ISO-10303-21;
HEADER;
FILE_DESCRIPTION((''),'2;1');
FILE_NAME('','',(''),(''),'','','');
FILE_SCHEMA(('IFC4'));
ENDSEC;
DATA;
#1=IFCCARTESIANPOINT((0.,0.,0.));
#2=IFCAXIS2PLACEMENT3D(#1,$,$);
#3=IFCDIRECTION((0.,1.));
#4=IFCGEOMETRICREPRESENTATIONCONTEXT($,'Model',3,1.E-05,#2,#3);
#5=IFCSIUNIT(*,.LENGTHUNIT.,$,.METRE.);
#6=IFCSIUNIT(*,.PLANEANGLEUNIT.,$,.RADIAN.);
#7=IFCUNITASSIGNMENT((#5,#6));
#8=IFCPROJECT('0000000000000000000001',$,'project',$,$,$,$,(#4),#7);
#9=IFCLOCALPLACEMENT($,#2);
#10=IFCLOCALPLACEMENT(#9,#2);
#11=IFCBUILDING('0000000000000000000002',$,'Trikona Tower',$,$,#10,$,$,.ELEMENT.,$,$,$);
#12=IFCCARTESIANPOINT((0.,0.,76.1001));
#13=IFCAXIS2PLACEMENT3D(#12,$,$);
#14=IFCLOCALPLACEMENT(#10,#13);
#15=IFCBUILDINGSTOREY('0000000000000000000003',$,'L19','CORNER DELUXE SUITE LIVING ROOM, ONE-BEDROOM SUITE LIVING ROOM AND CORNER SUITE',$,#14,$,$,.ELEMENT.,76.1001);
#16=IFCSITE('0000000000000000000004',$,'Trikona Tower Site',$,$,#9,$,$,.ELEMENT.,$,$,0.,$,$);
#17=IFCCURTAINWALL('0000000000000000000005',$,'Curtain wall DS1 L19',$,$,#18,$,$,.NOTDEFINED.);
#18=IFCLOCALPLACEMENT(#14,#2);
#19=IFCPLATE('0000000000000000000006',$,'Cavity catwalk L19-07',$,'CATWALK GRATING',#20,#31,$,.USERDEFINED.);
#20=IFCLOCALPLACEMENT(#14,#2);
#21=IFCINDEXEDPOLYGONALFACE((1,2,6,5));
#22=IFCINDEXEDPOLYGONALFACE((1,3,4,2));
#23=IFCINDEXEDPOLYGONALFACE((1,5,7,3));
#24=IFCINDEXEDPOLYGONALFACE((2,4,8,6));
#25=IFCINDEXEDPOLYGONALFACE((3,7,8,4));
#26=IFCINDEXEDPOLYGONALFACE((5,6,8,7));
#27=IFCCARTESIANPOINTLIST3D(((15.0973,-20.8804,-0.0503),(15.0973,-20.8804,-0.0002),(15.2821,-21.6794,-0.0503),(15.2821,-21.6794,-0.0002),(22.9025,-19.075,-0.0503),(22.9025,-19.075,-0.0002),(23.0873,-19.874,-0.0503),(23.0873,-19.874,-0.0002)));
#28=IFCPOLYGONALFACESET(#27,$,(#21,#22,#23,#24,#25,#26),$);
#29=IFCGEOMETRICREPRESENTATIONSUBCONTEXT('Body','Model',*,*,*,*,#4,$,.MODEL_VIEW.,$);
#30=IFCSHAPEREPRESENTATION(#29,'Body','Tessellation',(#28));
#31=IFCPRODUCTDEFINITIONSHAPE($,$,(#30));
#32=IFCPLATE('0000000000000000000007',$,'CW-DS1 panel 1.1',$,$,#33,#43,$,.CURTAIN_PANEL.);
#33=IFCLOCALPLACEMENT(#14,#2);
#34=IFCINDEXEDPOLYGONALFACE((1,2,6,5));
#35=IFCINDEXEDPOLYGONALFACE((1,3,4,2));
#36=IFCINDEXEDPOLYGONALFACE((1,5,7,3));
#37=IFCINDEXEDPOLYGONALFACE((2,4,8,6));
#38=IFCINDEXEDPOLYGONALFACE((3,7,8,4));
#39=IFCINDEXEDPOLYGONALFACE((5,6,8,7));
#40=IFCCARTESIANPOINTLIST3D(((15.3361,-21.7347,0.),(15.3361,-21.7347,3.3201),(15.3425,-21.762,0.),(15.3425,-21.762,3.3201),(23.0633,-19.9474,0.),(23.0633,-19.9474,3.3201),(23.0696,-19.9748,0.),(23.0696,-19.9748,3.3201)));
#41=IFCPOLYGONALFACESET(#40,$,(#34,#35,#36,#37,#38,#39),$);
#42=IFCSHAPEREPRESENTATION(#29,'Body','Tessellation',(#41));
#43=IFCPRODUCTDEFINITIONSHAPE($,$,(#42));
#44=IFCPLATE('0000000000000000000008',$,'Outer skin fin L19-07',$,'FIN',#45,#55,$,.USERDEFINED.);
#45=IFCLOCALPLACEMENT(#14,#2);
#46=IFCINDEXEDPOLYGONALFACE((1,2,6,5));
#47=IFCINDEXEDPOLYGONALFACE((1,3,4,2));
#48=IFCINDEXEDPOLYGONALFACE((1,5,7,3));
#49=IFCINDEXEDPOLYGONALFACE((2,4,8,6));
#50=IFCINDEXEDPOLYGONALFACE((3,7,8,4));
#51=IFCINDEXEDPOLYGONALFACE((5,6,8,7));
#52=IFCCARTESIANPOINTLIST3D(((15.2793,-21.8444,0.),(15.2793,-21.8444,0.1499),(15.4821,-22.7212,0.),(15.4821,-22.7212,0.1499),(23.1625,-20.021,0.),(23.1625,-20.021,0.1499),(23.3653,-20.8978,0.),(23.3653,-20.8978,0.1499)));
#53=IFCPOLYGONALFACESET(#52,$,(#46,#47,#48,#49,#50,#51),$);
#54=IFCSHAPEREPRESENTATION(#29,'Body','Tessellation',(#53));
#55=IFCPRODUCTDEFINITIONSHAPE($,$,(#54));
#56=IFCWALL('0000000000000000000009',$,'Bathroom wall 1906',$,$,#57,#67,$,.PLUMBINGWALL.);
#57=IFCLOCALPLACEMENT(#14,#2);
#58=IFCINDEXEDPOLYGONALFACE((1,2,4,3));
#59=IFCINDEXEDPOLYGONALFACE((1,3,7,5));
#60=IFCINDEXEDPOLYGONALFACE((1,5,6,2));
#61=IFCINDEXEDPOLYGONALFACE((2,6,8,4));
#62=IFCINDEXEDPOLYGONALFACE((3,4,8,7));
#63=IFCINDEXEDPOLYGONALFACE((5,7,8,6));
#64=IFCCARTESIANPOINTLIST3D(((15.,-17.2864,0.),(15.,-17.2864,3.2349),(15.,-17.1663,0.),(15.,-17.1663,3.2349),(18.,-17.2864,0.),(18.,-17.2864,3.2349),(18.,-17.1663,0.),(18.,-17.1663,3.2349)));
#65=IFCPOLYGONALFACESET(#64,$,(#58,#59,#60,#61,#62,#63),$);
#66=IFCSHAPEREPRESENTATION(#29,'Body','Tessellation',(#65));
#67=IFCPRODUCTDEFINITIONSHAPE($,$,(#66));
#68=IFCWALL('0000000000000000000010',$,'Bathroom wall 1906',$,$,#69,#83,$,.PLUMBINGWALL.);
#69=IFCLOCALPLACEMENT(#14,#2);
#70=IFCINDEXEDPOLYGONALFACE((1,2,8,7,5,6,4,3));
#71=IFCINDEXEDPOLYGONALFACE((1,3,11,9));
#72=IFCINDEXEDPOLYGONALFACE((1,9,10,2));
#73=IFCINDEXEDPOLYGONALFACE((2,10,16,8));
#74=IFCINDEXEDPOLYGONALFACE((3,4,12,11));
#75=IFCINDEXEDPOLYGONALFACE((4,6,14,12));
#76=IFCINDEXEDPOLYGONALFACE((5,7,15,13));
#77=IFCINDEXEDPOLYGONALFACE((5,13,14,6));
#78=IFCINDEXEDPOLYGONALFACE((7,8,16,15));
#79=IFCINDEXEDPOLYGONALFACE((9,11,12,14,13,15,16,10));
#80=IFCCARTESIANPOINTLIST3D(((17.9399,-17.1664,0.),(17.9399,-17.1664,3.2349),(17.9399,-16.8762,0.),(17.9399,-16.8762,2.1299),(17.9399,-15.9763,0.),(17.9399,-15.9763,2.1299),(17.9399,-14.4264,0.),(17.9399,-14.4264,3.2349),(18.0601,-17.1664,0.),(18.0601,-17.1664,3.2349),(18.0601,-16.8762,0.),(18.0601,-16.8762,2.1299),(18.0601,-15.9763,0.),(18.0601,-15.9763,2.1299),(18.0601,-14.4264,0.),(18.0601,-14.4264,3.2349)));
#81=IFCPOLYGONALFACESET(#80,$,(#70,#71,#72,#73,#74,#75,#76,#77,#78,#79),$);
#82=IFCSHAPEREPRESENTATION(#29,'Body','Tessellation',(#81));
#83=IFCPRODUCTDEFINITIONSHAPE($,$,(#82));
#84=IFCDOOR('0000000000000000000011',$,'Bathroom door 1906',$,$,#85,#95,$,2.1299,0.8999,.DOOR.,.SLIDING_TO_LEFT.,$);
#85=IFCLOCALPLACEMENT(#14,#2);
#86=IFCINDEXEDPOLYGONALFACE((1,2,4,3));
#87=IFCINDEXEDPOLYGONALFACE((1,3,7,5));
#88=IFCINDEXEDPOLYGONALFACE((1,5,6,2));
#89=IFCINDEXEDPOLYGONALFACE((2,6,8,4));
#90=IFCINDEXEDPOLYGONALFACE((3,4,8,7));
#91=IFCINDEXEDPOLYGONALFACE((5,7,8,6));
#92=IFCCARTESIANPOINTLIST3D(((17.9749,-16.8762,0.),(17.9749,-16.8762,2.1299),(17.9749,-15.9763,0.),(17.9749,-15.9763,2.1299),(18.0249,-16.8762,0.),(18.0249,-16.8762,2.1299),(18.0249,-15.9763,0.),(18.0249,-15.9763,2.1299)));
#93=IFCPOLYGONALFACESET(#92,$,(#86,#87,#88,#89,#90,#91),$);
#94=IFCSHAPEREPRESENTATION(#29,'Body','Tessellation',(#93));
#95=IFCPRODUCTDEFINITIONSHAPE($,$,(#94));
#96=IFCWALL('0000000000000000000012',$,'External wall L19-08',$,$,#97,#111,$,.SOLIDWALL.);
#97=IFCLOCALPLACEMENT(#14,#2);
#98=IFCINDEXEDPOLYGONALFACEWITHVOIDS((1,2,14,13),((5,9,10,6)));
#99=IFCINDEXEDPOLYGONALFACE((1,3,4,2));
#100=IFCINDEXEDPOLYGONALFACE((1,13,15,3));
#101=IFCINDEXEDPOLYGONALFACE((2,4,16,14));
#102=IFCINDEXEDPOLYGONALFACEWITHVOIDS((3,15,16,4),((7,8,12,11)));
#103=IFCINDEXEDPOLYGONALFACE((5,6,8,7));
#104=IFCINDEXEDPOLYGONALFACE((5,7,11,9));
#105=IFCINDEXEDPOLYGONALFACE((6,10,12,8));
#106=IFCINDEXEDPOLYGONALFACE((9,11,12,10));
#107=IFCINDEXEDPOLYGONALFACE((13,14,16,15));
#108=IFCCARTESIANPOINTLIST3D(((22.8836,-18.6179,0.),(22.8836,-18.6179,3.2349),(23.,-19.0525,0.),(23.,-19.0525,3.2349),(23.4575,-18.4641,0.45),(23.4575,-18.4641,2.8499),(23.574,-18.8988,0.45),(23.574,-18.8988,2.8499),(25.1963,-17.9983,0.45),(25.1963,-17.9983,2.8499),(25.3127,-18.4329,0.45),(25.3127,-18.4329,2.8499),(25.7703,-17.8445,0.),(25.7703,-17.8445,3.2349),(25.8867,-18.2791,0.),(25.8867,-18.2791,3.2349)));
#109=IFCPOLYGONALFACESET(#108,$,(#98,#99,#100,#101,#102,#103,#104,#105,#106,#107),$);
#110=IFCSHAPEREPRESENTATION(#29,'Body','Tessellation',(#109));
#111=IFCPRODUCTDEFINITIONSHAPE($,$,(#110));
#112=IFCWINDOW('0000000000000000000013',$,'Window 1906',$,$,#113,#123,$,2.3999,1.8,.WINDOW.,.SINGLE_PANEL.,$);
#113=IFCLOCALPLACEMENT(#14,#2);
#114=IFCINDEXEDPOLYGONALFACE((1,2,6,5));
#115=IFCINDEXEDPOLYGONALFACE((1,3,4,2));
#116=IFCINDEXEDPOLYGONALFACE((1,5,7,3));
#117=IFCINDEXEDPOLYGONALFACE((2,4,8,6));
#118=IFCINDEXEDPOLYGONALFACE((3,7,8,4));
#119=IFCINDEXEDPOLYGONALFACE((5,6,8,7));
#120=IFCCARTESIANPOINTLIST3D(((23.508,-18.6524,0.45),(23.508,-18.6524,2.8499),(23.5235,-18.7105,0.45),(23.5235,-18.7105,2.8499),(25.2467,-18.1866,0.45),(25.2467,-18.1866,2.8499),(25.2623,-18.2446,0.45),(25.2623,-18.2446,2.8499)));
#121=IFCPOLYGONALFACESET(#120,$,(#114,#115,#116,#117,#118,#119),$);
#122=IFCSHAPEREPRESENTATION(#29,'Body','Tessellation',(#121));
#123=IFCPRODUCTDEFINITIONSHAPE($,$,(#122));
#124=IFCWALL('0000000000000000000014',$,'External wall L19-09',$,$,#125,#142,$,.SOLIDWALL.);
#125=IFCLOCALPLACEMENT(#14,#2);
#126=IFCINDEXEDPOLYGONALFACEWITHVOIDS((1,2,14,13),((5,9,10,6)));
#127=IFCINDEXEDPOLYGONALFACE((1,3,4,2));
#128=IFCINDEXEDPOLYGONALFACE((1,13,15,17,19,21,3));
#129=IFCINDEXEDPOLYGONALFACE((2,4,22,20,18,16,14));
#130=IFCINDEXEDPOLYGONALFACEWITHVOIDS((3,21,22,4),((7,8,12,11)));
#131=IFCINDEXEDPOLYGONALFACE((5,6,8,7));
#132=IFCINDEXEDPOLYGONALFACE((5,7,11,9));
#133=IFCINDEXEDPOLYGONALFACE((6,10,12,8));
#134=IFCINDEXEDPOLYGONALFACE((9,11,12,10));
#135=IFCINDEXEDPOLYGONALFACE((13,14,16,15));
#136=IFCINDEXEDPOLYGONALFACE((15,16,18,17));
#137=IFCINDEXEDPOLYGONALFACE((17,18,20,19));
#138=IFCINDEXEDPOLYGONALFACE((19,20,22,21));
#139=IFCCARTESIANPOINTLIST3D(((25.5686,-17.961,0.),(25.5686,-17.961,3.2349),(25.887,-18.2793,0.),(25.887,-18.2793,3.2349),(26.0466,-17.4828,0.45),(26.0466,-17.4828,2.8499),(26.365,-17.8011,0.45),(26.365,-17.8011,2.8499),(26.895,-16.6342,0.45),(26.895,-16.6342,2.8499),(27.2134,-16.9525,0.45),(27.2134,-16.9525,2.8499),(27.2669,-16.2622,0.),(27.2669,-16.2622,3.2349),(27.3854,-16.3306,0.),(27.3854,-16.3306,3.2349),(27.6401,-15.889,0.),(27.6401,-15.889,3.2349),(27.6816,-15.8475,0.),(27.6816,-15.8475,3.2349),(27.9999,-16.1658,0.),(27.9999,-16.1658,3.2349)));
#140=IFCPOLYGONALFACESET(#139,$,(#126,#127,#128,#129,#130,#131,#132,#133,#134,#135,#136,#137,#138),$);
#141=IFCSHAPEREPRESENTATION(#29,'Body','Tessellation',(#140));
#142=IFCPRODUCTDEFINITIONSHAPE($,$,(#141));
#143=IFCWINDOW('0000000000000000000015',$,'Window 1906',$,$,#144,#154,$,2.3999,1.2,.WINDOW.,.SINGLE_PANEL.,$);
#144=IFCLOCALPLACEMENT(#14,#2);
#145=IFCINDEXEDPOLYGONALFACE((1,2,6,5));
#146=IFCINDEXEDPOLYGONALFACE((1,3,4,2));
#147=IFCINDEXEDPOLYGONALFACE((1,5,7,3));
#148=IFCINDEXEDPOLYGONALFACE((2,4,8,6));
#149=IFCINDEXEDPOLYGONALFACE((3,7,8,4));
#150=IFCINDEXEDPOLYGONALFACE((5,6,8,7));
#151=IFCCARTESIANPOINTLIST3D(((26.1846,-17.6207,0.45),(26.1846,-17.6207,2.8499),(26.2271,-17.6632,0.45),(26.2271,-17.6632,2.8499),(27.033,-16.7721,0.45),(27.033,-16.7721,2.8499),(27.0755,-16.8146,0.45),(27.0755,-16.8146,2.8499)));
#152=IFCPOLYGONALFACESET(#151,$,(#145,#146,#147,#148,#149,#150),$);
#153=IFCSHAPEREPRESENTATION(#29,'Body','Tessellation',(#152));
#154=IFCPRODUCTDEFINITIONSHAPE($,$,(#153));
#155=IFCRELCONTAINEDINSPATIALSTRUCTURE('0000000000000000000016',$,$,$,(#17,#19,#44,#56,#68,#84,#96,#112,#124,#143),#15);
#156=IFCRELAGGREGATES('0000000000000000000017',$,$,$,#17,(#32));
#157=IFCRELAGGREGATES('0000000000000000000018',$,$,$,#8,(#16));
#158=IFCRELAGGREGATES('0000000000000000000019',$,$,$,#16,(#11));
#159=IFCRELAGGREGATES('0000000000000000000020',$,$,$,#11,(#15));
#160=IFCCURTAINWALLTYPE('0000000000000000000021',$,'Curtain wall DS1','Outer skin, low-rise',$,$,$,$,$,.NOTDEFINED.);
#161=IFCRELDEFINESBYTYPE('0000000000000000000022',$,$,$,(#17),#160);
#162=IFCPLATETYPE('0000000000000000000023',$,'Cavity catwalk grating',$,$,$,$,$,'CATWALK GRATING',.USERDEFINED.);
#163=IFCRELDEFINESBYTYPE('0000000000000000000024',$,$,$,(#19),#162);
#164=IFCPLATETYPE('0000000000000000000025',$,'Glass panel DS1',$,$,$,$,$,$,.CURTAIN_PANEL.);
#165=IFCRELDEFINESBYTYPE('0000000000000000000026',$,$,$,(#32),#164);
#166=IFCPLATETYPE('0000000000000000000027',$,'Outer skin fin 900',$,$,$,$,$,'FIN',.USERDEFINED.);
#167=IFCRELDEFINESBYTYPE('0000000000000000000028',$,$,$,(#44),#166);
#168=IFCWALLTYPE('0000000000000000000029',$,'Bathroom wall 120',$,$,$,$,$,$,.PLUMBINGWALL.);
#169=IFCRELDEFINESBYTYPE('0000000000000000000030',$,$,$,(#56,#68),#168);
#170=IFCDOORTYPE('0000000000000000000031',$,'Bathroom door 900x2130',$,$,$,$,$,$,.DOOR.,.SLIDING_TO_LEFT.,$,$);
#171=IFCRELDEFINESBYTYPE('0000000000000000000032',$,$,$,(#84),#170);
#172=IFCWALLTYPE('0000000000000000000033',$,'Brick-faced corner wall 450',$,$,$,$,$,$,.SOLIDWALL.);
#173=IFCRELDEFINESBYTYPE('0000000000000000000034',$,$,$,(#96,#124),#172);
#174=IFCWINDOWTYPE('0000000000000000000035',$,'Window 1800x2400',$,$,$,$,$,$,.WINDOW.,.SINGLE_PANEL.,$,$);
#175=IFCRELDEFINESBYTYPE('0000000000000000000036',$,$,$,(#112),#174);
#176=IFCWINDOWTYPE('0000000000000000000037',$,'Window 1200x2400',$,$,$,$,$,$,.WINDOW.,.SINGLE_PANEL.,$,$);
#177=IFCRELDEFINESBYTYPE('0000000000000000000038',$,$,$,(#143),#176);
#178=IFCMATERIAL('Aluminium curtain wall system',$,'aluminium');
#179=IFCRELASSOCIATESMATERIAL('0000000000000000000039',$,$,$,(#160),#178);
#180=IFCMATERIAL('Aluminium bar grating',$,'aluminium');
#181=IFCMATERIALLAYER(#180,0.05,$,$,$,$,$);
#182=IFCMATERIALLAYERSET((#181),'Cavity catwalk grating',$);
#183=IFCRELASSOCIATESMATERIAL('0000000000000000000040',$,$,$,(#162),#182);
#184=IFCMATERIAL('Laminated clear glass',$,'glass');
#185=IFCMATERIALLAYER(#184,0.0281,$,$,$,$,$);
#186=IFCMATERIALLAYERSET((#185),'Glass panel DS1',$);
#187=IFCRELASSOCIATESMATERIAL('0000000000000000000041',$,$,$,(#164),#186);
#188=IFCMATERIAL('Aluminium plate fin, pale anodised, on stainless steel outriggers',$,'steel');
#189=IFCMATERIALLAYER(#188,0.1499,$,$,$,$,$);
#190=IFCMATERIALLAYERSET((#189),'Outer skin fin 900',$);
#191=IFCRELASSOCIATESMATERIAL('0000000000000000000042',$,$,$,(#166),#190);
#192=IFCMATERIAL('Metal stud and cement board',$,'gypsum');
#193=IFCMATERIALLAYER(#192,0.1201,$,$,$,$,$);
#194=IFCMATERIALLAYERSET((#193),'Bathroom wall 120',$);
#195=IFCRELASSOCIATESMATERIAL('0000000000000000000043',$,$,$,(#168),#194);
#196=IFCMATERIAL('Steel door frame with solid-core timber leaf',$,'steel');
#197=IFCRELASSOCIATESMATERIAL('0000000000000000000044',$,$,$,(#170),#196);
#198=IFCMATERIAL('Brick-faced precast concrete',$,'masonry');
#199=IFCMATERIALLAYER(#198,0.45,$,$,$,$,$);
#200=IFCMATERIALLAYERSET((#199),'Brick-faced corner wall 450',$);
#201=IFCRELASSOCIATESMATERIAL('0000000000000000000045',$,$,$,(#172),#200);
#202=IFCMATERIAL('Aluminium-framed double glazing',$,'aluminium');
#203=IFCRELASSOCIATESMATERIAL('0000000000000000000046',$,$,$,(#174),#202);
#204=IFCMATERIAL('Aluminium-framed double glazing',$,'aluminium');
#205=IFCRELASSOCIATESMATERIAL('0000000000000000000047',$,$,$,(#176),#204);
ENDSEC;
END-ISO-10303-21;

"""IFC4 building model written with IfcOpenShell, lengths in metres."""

from ifc_helpers import new_model, si_unit, direction, frame, frame_2d, origin, origin_2d, place, context, subcontext, project, spatial, polyline, rectangle, outline, extrude, material, layer, layer_set, type_object, element, fill, aggregate, save


model = new_model("IFC4")

# Units and contexts
model_context = context("Model", 3, precision=1e-05, world=origin(), true_north=direction((0.0, 1.0)))
body_context = subcontext(model_context, "Body", "Model", "MODEL_VIEW")
ifc_project = project(units=[si_unit("LENGTHUNIT", "METRE"), si_unit("PLANEANGLEUNIT", "RADIAN")], contexts=[model_context])

# Site, building, storey
site_placement = place(None, origin())
site = spatial("IfcSite", under=ifc_project, at=site_placement, Name="Trikona Tower Site", CompositionType="ELEMENT", RefElevation=0.0)
building_placement = place(site_placement, origin())
building = spatial("IfcBuilding", under=site, at=building_placement, Name="Trikona Tower", CompositionType="ELEMENT")
storey_placement = place(building_placement, frame((0.0, 0.0, 76.1001)))
storey = spatial("IfcBuildingStorey", under=building, at=storey_placement, Name="L19", Description="CORNER DELUXE SUITE LIVING ROOM, ONE-BEDROOM SUITE LIVING ROOM AND CORNER SUITE", CompositionType="ELEMENT", Elevation=76.1001)

# Shared definitions
ifc_material_1 = material(Name="Aluminium curtain wall system", Category="aluminium")
curtain_wall_type = type_object("IfcCurtainWallType", Name="Curtain wall DS1", Description="Outer skin, low-rise", PredefinedType="NOTDEFINED", material=ifc_material_1)

# Curtain wall
curtain_wall_1_placement = place(storey_placement, origin())
curtain_wall_1 = element("IfcCurtainWall", 1, at=curtain_wall_1_placement, inside=storey, type_object=curtain_wall_type, Name="Curtain wall DS1 L19", PredefinedType="NOTDEFINED")

# Plates
ifc_material_2 = material(Name="Aluminium bar grating", Category="aluminium")
ifc_layer_1 = layer(ifc_material_2, 0.05)
ifc_layer_set_1 = layer_set([ifc_layer_1], Name="Cavity catwalk grating")
plate_type_1 = type_object("IfcPlateType", Name="Cavity catwalk grating", ElementType="CATWALK GRATING", PredefinedType="USERDEFINED", material=ifc_layer_set_1)
plate_1_placement = place(storey_placement, frame((19.0923, -20.3772, -0.0503), z_axis=(0.0, 0.0, 1.0), x_axis=(0.974278, 0.225351, 0.0)))
element("IfcPlate", 2, at=plate_1_placement, inside=storey, type_object=plate_type_1, Name="Cavity catwalk L19-07", ObjectType="CATWALK GRATING", PredefinedType="USERDEFINED", context=body_context, shape_type="SweptSolid", body=[
    extrude(rectangle(XDim=8.0112, YDim=0.8201, at=origin_2d()), origin(), (0.0, 0.0, 1.0), 0.05),
])
ifc_material_3 = material(Name="Laminated clear glass", Category="glass")
ifc_layer_2 = layer(ifc_material_3, 0.0281)
ifc_layer_set_2 = layer_set([ifc_layer_2], Name="Glass panel DS1")
plate_type_2 = type_object("IfcPlateType", Name="Glass panel DS1", PredefinedType="CURTAIN_PANEL", material=ifc_layer_set_2)
plate_2_placement = place(storey_placement, frame((19.2029, -20.8547, 0.0), z_axis=(0.0, 0.0, 1.0), x_axis=(0.974279, 0.225343, 0.0)))
plate_2 = element("IfcPlate", 3, at=plate_2_placement, type_object=plate_type_2, Name="CW-DS1 panel 1.1", PredefinedType="CURTAIN_PANEL", context=body_context, shape_type="SweptSolid", body=[
    extrude(rectangle(XDim=7.9312, YDim=0.0281, at=origin_2d()), origin(), (0.0, 0.0, 1.0), 3.3201),
])
aggregate(curtain_wall_1, [plate_2])
ifc_material_4 = material(Name="Aluminium plate fin, pale anodised, on stainless steel outriggers", Category="steel")
ifc_layer_3 = layer(ifc_material_4, 0.1499)
ifc_layer_set_3 = layer_set([ifc_layer_3], Name="Outer skin fin 900")
plate_type_3 = type_object("IfcPlateType", Name="Outer skin fin 900", ElementType="FIN", PredefinedType="USERDEFINED", material=ifc_layer_set_3)
plate_3_placement = place(storey_placement, frame((19.3223, -21.3711, 0.0), z_axis=(0.0, 0.0, 1.0), x_axis=(0.974278, 0.225351, 0.0)))
element("IfcPlate", 4, at=plate_3_placement, inside=storey, type_object=plate_type_3, Name="Outer skin fin L19-07", ObjectType="FIN", PredefinedType="USERDEFINED", context=body_context, shape_type="SweptSolid", body=[
    extrude(rectangle(XDim=8.0913, YDim=0.8999, at=origin_2d()), origin(), (0.0, 0.0, 1.0), 0.1499),
])

# Wall
ifc_material_5 = material(Name="Metal stud and cement board", Category="gypsum")
ifc_layer_4 = layer(ifc_material_5, 0.1201)
ifc_layer_set_4 = layer_set([ifc_layer_4], Name="Bathroom wall 120")
wall_type_1 = type_object("IfcWallType", Name="Bathroom wall 120", PredefinedType="PLUMBINGWALL", material=ifc_layer_set_4)
wall_1_placement = place(storey_placement, frame((15.0, -17.2263, 0.0), z_axis=(0.0, 0.0, 1.0), x_axis=(1.0, 0.0, 0.0)))
element("IfcWall", 5, at=wall_1_placement, inside=storey, type_object=wall_type_1, Name="Bathroom wall 1906", PredefinedType="PLUMBINGWALL", context=body_context, shape_type="SweptSolid", body=[
    extrude(rectangle(XDim=3.0, YDim=0.1201, at=frame_2d((1.5, 0.0))), origin(), (0.0, 0.0, 1.0), 3.2349),
])

# Wall, opening, door
wall_2_placement = place(storey_placement, frame((18.0, -14.4263, 0.0), z_axis=(0.0, 0.0, 1.0), x_axis=(0.0, -1.0, 0.0)))
wall_2 = element("IfcWall", 6, at=wall_2_placement, inside=storey, type_object=wall_type_1, Name="Bathroom wall 1906", PredefinedType="PLUMBINGWALL", context=body_context, shape_type="SweptSolid", body=[
    extrude(rectangle(XDim=2.74, YDim=0.1201, at=frame_2d((1.3701, 0.0))), origin(), (0.0, 0.0, 1.0), 3.2349),
])
opening_1_placement = place(wall_2_placement, frame((1.55, 0.0, 0.0)))
opening_1 = element("IfcOpeningElement", 7, at=opening_1_placement, cuts=wall_2, PredefinedType="OPENING", context=body_context, shape_type="SweptSolid", body=[
    extrude(rectangle(XDim=0.8999, YDim=2.1299, at=frame_2d((0.45, 1.0649))), frame((0.0, 0.0701, 0.0), z_axis=(0.0, -1.0, 0.0), x_axis=(1.0, 0.0, 0.0)), (0.0, 0.0, 1.0), 0.1401),
])
ifc_material_6 = material(Name="Steel door frame with solid-core timber leaf", Category="steel")
door_type = type_object("IfcDoorType", Name="Bathroom door 900x2130", OperationType="SLIDING_TO_LEFT", PredefinedType="DOOR", material=ifc_material_6)
door_placement = place(opening_1_placement, origin())
door = element("IfcDoor", 8, at=door_placement, inside=storey, type_object=door_type, Name="Bathroom door 1906", OperationType="SLIDING_TO_LEFT", OverallHeight=2.1299, OverallWidth=0.8999, PredefinedType="DOOR", context=body_context, shape_type="SweptSolid", body=[
    extrude(rectangle(XDim=0.8999, YDim=2.1299, at=frame_2d((0.45, 1.0649))), frame((0.0, 0.0249, 0.0), z_axis=(0.0, -1.0, 0.0), x_axis=(1.0, 0.0, 0.0)), (0.0, 0.0, 1.0), 0.05),
])
fill(opening_1, door)

# Walls, openings, windows
ifc_material_7 = material(Name="Brick-faced precast concrete", Category="masonry")
ifc_layer_5 = layer(ifc_material_7, 0.45)
ifc_layer_set_5 = layer_set([ifc_layer_5], Name="Brick-faced corner wall 450")
wall_type_2 = type_object("IfcWallType", Name="Brick-faced corner wall 450", PredefinedType="SOLIDWALL", material=ifc_layer_set_5)
wall_3_placement = place(storey_placement, frame((22.9419, -18.8352, 0.0), z_axis=(0.0, 0.0, 1.0), x_axis=(0.965931, 0.258801, 0.0)))
wall_3 = element("IfcWall", 9, at=wall_3_placement, inside=storey, type_object=wall_type_2, Name="External wall L19-08", PredefinedType="SOLIDWALL", context=body_context, shape_type="SweptSolid", body=[
    extrude(rectangle(XDim=2.9885, YDim=0.45, at=frame_2d((1.4941, 0.0))), origin(), (0.0, 0.0, 1.0), 3.2349),
])
opening_2_placement = place(wall_3_placement, frame((0.5942, 0.0, 0.45)))
opening_2 = element("IfcOpeningElement", 10, at=opening_2_placement, cuts=wall_3, PredefinedType="OPENING", context=body_context, shape_type="SweptSolid", body=[
    extrude(rectangle(XDim=1.8, YDim=2.3999, at=frame_2d((0.8999, 1.2))), frame((0.0, 0.2349, 0.0), z_axis=(0.0, -1.0, 0.0), x_axis=(1.0, 0.0, 0.0)), (0.0, 0.0, 1.0), 0.47),
])
ifc_material_8 = material(Name="Aluminium-framed double glazing", Category="aluminium")
window_type_1 = type_object("IfcWindowType", Name="Window 1800x2400", PartitioningType="SINGLE_PANEL", PredefinedType="WINDOW", material=ifc_material_8)
window_1_placement = place(opening_2_placement, origin())
window_1 = element("IfcWindow", 11, at=window_1_placement, inside=storey, type_object=window_type_1, Name="Window 1906", OverallHeight=2.3999, OverallWidth=1.8, PartitioningType="SINGLE_PANEL", PredefinedType="WINDOW", context=body_context, shape_type="SweptSolid", body=[
    extrude(rectangle(XDim=1.8, YDim=2.3999, at=frame_2d((0.8999, 1.2))), frame((0.0, 0.03, 0.0), z_axis=(0.0, -1.0, 0.0), x_axis=(1.0, 0.0, 0.0)), (0.0, 0.0, 1.0), 0.0601),
])
fill(opening_2, window_1)
wall_4_placement = place(storey_placement, frame((25.7278, -18.1201, 0.0), z_axis=(0.0, 0.0, 1.0), x_axis=(0.707025, 0.707188, 0.0)))
wall_4 = element("IfcWall", 12, at=wall_4_placement, inside=storey, type_object=wall_type_2, Name="External wall L19-09", PredefinedType="SOLIDWALL", context=body_context, shape_type="SweptSolid", body=[
    extrude(outline(polyline([(2.9885, 0.2251), (2.9299, 0.2251), (2.4375, 0.093), (2.4021, 0.2251), (0.0, 0.2251), (0.0, -0.2251), (2.9885, -0.2251), (2.9885, 0.2251)])), origin(), (0.0, 0.0, 1.0), 3.2349),
])
opening_3_placement = place(wall_4_placement, frame((0.676, 0.0, 0.45)))
opening_3 = element("IfcOpeningElement", 13, at=opening_3_placement, cuts=wall_4, PredefinedType="OPENING", context=body_context, shape_type="SweptSolid", body=[
    extrude(rectangle(XDim=1.2, YDim=2.3999, at=frame_2d((0.6001, 1.2))), frame((0.0, 0.2349, 0.0), z_axis=(0.0, -1.0, 0.0), x_axis=(1.0, 0.0, 0.0)), (0.0, 0.0, 1.0), 0.47),
])
ifc_material_9 = material(Name="Aluminium-framed double glazing", Category="aluminium")
window_type_2 = type_object("IfcWindowType", Name="Window 1200x2400", PartitioningType="SINGLE_PANEL", PredefinedType="WINDOW", material=ifc_material_9)
window_2_placement = place(opening_3_placement, origin())
window_2 = element("IfcWindow", 14, at=window_2_placement, inside=storey, type_object=window_type_2, Name="Window 1906", OverallHeight=2.3999, OverallWidth=1.2, PartitioningType="SINGLE_PANEL", PredefinedType="WINDOW", context=body_context, shape_type="SweptSolid", body=[
    extrude(rectangle(XDim=1.2, YDim=2.3999, at=frame_2d((0.6001, 1.2))), frame((0.0, 0.03, 0.0), z_axis=(0.0, -1.0, 0.0), x_axis=(1.0, 0.0, 0.0)), (0.0, 0.0, 1.0), 0.0601),
])
fill(opening_3, window_2)

save(model, "model.ifc")
